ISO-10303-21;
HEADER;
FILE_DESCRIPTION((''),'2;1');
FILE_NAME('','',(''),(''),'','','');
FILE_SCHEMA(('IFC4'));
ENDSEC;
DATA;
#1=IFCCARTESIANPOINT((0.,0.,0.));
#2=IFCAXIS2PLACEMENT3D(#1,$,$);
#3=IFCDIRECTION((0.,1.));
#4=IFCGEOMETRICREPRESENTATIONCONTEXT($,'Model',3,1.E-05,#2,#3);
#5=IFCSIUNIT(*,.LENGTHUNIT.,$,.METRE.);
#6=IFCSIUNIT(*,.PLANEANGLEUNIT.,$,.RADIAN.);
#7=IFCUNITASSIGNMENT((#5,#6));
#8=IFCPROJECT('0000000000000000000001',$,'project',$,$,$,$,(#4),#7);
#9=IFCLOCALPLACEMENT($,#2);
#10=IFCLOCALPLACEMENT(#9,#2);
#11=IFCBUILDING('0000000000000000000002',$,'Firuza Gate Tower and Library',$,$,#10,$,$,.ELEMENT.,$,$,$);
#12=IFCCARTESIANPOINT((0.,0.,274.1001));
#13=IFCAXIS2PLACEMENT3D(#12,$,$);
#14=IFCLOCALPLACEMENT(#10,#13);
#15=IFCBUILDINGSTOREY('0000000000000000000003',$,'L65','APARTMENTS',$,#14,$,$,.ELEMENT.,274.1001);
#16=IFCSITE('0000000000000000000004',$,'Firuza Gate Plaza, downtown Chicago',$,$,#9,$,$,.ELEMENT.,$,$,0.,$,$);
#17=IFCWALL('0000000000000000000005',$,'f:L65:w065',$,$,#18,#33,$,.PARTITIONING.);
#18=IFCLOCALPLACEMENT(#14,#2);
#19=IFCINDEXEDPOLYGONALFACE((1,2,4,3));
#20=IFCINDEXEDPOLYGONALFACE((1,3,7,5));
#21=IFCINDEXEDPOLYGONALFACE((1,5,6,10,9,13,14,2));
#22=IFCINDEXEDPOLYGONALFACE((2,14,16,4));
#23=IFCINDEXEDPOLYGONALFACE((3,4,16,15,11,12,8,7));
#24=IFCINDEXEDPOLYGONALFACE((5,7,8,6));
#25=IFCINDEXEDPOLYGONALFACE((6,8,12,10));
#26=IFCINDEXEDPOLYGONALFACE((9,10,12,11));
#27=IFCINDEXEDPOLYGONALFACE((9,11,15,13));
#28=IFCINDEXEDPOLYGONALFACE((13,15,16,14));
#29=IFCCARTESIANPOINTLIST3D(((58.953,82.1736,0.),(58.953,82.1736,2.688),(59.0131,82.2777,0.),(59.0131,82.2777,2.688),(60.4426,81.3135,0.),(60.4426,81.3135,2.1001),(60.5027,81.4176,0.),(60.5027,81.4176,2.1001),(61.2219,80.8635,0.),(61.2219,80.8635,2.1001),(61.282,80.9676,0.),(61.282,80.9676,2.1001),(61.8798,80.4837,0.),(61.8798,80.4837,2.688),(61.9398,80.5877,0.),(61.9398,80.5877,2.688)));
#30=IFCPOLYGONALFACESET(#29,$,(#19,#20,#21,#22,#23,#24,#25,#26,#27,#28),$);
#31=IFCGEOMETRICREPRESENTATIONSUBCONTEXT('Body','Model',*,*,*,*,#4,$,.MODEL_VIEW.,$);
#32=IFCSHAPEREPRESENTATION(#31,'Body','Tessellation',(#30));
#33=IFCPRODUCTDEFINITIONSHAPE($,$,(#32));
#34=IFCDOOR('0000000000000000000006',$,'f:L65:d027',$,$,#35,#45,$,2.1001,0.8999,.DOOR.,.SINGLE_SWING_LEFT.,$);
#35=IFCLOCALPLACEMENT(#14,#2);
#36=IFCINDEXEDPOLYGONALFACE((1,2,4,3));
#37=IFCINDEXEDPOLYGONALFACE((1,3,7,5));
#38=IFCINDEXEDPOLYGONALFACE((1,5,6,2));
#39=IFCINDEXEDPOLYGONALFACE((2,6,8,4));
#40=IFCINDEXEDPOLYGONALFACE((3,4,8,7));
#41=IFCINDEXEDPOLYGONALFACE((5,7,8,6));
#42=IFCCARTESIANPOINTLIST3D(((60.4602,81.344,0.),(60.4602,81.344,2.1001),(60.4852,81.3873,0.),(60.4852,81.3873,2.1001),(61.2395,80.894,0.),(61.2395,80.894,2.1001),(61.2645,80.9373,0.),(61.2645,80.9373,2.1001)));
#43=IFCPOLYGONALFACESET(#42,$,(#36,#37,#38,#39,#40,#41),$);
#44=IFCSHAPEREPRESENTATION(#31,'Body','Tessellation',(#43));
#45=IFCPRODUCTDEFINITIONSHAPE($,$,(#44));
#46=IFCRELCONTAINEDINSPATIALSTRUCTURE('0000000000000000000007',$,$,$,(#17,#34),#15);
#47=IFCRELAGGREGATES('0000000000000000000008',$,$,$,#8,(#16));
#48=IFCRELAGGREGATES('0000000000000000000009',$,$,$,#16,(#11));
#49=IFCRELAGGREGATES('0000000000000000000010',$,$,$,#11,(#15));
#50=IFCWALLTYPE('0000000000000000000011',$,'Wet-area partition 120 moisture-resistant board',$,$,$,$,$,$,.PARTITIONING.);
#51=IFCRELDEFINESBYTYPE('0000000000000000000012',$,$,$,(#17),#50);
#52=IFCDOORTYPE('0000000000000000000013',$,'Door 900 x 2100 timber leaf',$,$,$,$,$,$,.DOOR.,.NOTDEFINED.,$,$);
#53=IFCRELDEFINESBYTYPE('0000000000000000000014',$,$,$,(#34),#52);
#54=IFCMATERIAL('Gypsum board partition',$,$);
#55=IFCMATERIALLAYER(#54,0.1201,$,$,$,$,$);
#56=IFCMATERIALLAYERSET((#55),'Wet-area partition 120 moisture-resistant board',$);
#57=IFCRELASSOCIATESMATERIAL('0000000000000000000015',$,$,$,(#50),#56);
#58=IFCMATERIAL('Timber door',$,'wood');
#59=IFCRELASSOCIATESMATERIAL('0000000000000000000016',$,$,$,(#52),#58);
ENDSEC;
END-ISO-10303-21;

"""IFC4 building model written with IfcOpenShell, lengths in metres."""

from ifc_helpers import new_model, si_unit, direction, frame, frame_2d, origin, place, context, subcontext, project, spatial, rectangle, extrude, material, layer, layer_set, type_object, element, fill, save


model = new_model("IFC4")

# Units and contexts
model_context = context("Model", 3, precision=1e-05, world=origin(), true_north=direction((0.0, 1.0)))
body_context = subcontext(model_context, "Body", "Model", "MODEL_VIEW")
ifc_project = project(units=[si_unit("LENGTHUNIT", "METRE"), si_unit("PLANEANGLEUNIT", "RADIAN")], contexts=[model_context])

# Site, building, storey
site_placement = place(None, origin())
site = spatial("IfcSite", under=ifc_project, at=site_placement, Name="Firuza Gate Plaza, downtown Chicago", CompositionType="ELEMENT", RefElevation=0.0)
building_placement = place(site_placement, origin())
building = spatial("IfcBuilding", under=site, at=building_placement, Name="Firuza Gate Tower and Library", CompositionType="ELEMENT")
storey_placement = place(building_placement, frame((0.0, 0.0, 274.1001)))
storey = spatial("IfcBuildingStorey", under=building, at=storey_placement, Name="L65", Description="APARTMENTS", CompositionType="ELEMENT", Elevation=274.1001)

# Shared definitions
ifc_material_1 = material(Name="Gypsum board partition")
ifc_layer_1 = layer(ifc_material_1, 0.1201)
ifc_layer_set_1 = layer_set([ifc_layer_1], Name="Wet-area partition 120 moisture-resistant board")
wall_type_1 = type_object("IfcWallType", Name="Wet-area partition 120 moisture-resistant board", PredefinedType="PARTITIONING", material=ifc_layer_set_1)
ifc_material_2 = material(Name="Timber door", Category="wood")
door_type_1 = type_object("IfcDoorType", Name="Door 900 x 2100 timber leaf", OperationType="NOTDEFINED", PredefinedType="DOOR", material=ifc_material_2)

# Wall, opening, door
wall_1_placement = place(storey_placement, frame((61.9099, 80.5356, 0.0), z_axis=(0.0, 0.0, 1.0), x_axis=(-0.866003, 0.500039, 0.0)))
wall_1 = element("IfcWall", 1, at=wall_1_placement, inside=storey, type_object=wall_type_1, Name="f:L65:w065", PredefinedType="PARTITIONING", context=body_context, shape_type="SweptSolid", body=[
    extrude(rectangle(XDim=3.3796, YDim=0.1201, at=frame_2d((1.6899, 0.0))), origin(), (0.0, 0.0, 1.0), 2.688),
])
opening_1_placement = place(wall_1_placement, frame((0.7598, 0.0, 0.0)))
opening_1 = element("IfcOpeningElement", 2, at=opening_1_placement, cuts=wall_1, PredefinedType="OPENING", context=body_context, shape_type="SweptSolid", body=[
    extrude(rectangle(XDim=0.8999, YDim=2.1001, at=frame_2d((0.45, 1.05))), frame((0.0, 0.0701, 0.0), z_axis=(0.0, -1.0, 0.0), x_axis=(1.0, 0.0, 0.0)), (0.0, 0.0, 1.0), 0.1401),
])
door_1_placement = place(opening_1_placement, origin())
door_1 = element("IfcDoor", 3, at=door_1_placement, inside=storey, type_object=door_type_1, Name="f:L65:d027", OperationType="SINGLE_SWING_LEFT", OverallHeight=2.1001, OverallWidth=0.8999, PredefinedType="DOOR", context=body_context, shape_type="SweptSolid", body=[
    extrude(rectangle(XDim=0.8999, YDim=2.1001, at=frame_2d((0.45, 1.05))), frame((0.0, 0.0249, 0.0), z_axis=(0.0, -1.0, 0.0), x_axis=(1.0, 0.0, 0.0)), (0.0, 0.0, 1.0), 0.05),
])
fill(opening_1, door_1)

save(model, "model.ifc")
